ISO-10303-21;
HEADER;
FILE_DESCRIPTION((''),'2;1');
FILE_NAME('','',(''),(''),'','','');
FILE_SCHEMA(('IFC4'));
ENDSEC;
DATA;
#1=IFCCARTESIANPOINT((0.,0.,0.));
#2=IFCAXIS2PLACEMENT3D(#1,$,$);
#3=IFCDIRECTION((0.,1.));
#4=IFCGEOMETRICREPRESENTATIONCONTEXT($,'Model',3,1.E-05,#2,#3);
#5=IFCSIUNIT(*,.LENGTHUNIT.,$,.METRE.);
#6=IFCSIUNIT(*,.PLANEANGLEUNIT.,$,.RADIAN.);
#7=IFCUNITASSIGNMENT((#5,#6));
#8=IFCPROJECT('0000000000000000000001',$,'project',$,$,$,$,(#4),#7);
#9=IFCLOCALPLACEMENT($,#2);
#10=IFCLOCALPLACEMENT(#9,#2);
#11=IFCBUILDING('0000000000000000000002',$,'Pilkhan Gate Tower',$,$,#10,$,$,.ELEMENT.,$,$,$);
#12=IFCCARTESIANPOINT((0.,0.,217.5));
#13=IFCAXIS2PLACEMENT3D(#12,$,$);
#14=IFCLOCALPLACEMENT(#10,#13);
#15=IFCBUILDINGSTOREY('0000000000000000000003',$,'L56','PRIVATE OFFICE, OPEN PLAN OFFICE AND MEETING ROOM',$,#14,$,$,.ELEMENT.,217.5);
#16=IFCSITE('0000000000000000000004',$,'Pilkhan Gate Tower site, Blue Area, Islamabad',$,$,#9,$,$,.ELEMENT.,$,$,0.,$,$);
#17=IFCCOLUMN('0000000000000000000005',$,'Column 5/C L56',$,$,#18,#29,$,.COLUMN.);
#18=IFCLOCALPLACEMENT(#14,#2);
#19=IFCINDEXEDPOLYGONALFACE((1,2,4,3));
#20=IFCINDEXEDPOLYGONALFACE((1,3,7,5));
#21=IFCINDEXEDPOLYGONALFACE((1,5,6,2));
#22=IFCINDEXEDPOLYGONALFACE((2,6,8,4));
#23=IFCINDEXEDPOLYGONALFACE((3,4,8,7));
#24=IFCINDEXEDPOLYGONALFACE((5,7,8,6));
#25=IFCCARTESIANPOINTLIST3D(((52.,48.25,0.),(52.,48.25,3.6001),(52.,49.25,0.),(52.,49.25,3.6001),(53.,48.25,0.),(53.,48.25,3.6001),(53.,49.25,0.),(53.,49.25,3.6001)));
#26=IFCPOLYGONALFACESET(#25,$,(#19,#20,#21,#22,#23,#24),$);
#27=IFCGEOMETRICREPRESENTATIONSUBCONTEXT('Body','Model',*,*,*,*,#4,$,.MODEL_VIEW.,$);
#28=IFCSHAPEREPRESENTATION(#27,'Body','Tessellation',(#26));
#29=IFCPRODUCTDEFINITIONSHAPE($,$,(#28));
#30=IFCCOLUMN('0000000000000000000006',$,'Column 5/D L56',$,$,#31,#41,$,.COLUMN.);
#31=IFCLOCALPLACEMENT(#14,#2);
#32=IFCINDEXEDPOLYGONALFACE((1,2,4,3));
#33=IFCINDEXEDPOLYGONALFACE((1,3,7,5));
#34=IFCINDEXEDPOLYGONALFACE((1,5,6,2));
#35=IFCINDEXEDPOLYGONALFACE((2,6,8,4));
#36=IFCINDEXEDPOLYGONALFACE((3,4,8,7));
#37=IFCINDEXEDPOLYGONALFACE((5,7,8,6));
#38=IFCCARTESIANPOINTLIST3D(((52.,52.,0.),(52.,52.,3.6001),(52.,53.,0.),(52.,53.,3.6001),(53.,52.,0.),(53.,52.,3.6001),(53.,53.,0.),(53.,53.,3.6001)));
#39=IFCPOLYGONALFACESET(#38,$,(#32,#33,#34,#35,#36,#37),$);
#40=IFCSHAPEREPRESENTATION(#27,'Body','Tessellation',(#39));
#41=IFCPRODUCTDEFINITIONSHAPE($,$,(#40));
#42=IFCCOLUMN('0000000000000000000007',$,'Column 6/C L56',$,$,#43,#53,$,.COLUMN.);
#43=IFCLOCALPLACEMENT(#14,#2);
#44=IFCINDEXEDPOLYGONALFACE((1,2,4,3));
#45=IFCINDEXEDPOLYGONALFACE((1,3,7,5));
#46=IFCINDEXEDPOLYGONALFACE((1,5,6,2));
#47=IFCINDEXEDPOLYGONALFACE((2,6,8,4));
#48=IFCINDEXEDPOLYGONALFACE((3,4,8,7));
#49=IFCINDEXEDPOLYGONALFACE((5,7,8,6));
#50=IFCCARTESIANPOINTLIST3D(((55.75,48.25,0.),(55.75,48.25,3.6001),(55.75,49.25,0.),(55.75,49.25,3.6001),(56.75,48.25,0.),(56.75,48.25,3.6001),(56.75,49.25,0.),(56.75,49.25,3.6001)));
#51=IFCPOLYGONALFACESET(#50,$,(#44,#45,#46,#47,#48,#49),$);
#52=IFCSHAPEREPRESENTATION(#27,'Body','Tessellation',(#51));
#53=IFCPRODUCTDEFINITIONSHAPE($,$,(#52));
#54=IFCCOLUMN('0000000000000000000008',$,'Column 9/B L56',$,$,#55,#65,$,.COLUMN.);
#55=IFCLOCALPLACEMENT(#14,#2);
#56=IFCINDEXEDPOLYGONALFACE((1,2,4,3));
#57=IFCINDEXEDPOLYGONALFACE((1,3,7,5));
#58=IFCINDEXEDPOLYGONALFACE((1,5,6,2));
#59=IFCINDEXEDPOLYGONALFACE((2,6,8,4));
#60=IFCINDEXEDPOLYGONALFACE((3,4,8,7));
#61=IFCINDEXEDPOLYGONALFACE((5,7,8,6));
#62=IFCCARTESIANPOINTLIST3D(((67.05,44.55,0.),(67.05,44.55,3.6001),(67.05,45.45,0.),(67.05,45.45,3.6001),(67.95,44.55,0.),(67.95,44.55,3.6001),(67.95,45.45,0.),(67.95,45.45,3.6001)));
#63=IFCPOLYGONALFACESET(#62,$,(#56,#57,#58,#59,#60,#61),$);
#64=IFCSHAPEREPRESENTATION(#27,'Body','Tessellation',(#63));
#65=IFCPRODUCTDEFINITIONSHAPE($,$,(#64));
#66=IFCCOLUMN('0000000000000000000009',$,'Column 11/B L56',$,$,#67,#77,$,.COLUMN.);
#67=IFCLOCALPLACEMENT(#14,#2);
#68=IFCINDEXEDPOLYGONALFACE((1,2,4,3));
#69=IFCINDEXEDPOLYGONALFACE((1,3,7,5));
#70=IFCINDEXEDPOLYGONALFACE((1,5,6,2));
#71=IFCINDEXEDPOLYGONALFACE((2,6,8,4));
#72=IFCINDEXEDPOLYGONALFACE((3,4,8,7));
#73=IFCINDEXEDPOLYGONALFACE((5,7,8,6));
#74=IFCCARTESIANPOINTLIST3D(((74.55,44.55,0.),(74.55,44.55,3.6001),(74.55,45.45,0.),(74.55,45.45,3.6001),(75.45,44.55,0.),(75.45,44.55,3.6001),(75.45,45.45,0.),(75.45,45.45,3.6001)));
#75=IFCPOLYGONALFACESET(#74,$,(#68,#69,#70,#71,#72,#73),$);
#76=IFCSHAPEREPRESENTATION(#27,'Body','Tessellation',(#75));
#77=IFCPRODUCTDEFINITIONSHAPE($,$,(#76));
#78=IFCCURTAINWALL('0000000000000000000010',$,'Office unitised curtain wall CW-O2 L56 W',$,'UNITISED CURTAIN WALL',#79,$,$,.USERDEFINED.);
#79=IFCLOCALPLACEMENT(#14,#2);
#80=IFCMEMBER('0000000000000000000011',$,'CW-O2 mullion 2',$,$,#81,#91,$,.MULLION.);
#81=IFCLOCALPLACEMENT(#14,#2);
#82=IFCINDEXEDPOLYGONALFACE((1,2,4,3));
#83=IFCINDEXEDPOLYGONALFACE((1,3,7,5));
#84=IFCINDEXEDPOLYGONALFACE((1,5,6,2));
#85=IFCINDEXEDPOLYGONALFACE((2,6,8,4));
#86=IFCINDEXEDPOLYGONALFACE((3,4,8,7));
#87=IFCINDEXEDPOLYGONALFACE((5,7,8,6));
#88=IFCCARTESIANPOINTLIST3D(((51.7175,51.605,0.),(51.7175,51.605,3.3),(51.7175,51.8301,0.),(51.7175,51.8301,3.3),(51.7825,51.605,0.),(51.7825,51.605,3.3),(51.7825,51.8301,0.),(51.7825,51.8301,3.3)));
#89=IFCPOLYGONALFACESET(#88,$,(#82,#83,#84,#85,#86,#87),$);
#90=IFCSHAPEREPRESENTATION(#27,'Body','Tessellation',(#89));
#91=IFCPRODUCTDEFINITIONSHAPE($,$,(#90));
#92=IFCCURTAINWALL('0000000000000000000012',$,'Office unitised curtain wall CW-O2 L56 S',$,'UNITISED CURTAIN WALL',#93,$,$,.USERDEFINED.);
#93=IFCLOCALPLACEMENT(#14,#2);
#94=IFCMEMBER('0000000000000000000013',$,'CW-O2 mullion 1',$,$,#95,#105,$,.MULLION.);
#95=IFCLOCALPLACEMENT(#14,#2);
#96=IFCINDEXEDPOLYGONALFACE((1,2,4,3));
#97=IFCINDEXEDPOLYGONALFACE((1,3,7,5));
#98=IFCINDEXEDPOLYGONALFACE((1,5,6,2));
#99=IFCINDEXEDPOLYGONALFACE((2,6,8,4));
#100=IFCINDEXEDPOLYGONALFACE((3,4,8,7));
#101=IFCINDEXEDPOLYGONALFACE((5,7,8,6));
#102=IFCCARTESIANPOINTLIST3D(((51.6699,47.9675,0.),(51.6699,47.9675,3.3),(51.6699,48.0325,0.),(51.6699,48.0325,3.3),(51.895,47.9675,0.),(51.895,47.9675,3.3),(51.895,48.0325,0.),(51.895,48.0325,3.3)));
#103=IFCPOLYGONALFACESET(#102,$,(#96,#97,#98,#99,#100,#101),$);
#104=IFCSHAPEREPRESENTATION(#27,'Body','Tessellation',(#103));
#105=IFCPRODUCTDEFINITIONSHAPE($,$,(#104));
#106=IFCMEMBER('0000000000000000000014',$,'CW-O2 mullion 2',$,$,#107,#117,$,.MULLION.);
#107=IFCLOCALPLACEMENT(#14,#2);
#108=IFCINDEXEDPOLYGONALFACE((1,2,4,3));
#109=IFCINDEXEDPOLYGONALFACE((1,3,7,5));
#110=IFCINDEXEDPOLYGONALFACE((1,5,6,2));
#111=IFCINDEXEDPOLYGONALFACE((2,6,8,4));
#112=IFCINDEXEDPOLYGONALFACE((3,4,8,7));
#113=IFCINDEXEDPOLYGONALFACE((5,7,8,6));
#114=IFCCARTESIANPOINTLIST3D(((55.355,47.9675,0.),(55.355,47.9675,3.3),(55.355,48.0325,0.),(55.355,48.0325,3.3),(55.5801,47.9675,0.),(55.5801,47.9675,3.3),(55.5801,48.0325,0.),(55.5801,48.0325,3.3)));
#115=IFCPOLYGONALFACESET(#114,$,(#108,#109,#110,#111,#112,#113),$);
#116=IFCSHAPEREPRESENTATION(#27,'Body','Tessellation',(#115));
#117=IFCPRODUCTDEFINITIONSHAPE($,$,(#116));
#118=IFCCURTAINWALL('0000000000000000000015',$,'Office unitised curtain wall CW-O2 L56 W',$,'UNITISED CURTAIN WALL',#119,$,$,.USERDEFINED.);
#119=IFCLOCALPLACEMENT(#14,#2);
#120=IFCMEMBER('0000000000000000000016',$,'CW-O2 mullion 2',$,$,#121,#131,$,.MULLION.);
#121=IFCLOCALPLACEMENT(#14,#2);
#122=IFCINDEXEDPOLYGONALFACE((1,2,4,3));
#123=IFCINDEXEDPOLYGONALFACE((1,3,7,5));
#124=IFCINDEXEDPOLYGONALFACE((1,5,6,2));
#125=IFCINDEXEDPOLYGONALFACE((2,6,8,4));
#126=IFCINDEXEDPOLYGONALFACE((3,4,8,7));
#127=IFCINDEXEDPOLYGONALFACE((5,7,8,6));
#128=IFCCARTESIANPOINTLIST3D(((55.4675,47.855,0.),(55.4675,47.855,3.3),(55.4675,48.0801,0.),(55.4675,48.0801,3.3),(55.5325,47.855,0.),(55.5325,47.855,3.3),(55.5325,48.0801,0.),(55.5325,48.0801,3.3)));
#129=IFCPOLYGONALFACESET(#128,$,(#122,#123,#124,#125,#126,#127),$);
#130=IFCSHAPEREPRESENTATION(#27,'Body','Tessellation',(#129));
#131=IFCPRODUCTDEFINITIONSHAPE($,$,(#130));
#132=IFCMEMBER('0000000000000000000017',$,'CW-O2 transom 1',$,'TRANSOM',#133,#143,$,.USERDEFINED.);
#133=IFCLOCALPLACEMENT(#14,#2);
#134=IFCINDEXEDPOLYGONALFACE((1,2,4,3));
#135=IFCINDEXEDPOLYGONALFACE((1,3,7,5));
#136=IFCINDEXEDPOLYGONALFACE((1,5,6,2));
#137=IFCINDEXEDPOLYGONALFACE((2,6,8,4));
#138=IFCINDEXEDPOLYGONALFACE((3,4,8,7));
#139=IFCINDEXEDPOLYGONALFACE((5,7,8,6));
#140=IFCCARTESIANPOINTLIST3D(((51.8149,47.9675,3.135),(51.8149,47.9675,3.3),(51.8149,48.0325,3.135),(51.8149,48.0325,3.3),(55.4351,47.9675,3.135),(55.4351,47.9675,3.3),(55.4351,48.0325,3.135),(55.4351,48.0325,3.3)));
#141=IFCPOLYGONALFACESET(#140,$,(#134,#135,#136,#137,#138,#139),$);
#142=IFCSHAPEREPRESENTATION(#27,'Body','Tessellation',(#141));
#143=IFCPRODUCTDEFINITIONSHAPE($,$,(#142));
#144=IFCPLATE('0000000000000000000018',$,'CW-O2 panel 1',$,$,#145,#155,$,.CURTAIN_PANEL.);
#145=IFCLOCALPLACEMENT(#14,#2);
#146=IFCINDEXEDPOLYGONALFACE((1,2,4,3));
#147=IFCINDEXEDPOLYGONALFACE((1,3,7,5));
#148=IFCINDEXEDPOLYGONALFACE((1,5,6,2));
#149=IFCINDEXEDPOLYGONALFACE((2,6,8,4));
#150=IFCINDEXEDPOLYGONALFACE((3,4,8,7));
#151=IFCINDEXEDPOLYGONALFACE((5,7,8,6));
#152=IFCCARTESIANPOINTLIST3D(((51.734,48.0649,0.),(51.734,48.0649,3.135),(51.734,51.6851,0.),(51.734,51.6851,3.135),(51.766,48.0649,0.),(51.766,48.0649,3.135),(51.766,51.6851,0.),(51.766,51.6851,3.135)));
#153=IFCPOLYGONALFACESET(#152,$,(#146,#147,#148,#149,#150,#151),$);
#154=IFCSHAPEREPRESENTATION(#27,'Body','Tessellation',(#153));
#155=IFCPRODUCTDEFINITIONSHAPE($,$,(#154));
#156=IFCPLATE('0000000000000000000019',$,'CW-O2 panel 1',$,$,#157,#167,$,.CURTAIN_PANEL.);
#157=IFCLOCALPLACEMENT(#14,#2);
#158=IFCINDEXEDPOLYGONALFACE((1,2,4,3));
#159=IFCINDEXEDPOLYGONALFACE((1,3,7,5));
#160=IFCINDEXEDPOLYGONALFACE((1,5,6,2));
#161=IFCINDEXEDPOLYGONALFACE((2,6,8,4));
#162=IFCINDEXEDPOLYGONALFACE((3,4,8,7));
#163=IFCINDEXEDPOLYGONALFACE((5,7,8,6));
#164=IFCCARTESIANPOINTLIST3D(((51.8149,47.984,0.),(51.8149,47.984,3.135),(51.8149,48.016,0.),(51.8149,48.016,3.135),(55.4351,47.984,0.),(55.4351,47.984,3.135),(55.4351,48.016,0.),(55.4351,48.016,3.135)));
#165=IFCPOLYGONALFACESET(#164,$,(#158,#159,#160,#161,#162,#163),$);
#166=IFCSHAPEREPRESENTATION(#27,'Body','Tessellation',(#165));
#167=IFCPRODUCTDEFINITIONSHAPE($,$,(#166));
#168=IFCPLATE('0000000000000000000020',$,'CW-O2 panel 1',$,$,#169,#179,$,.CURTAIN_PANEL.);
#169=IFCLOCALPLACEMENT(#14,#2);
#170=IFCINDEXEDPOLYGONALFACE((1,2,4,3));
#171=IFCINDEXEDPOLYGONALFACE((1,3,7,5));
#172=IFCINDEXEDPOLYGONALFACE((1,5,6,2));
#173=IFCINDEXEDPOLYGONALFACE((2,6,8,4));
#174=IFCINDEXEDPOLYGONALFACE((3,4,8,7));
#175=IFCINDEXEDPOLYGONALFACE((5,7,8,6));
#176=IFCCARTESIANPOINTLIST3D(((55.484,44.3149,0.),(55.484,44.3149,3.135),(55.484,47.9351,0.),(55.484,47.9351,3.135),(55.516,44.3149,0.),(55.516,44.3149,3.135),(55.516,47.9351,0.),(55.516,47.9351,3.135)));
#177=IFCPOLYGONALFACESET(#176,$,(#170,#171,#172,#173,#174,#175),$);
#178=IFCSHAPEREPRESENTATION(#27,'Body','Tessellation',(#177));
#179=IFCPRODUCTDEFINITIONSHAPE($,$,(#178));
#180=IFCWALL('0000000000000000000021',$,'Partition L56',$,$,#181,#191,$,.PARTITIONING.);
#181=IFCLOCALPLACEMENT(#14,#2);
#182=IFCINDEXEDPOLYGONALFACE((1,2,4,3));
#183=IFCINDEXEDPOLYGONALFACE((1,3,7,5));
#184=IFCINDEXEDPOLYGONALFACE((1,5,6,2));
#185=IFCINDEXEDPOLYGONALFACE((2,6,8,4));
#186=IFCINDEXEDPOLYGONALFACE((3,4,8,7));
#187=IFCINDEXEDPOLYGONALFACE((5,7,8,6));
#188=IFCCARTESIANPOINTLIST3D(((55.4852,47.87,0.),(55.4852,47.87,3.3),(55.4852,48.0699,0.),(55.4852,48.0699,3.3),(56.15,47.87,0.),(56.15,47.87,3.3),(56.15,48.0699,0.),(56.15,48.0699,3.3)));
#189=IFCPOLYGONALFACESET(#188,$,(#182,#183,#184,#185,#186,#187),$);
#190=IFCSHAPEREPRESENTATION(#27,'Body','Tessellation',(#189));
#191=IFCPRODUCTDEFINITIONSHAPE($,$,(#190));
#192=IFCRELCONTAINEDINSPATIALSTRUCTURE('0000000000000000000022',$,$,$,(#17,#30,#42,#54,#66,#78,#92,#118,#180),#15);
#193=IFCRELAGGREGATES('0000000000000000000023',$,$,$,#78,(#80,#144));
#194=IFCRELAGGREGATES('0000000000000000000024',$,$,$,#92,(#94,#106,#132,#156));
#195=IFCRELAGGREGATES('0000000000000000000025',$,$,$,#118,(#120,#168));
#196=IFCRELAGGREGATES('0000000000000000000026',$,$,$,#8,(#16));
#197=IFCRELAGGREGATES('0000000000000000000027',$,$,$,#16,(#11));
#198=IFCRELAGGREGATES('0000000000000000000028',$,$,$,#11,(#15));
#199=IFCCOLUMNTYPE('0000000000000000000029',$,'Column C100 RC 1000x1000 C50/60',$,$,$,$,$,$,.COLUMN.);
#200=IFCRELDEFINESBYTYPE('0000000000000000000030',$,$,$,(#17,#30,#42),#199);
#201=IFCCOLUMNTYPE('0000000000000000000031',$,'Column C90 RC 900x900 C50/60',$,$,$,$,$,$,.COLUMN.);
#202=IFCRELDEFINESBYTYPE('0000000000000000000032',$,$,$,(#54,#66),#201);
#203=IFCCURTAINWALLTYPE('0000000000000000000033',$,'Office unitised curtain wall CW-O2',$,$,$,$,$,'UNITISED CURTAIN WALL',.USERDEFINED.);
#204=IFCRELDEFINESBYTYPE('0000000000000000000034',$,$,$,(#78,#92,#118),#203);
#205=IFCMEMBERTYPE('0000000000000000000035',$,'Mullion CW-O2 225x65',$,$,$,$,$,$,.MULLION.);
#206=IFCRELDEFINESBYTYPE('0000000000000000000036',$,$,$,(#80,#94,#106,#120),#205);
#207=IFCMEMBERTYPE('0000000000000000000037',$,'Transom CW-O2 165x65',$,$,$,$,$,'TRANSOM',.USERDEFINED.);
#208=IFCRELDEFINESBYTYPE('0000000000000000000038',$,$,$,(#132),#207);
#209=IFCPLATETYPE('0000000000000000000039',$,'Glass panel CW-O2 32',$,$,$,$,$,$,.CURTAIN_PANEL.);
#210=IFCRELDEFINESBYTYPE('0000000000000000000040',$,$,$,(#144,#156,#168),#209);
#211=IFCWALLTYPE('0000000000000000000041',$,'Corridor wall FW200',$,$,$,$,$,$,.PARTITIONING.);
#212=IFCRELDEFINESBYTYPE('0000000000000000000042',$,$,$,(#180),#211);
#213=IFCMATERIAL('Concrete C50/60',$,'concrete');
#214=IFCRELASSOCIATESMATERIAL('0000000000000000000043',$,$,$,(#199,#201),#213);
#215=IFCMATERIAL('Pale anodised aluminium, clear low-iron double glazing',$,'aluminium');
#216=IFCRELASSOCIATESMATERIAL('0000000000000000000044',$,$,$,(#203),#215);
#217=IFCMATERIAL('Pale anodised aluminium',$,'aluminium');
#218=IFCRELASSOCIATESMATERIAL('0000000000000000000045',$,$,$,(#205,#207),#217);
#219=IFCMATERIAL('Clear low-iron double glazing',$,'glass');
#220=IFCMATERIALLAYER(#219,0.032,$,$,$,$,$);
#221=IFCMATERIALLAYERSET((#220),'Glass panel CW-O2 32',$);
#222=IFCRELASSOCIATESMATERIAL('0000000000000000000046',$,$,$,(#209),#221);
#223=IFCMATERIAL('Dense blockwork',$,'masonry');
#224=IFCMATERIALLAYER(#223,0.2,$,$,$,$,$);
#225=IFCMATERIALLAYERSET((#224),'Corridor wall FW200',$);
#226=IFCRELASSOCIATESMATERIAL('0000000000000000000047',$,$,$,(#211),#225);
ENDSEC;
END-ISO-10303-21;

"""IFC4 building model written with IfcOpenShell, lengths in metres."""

from ifc_helpers import new_model, si_unit, direction, frame, frame_2d, origin, origin_2d, place, context, subcontext, project, spatial, rectangle, extrude, material, layer, layer_set, material_profile, profile_set, type_object, element, aggregate, save


model = new_model("IFC4")

# Units and contexts
model_context = context("Model", 3, precision=1e-05, world=origin(), true_north=direction((0.0, 1.0)))
body_context = subcontext(model_context, "Body", "Model", "MODEL_VIEW")
ifc_project = project(units=[si_unit("LENGTHUNIT", "METRE"), si_unit("PLANEANGLEUNIT", "RADIAN")], contexts=[model_context])

# Site, building, storey
site_placement = place(None, origin())
site = spatial("IfcSite", under=ifc_project, at=site_placement, Name="Pilkhan Gate Tower site, Blue Area, Islamabad", CompositionType="ELEMENT", RefElevation=0.0)
building_placement = place(site_placement, origin())
building = spatial("IfcBuilding", under=site, at=building_placement, Name="Pilkhan Gate Tower", CompositionType="ELEMENT")
storey_placement = place(building_placement, frame((0.0, 0.0, 217.5)))
storey = spatial("IfcBuildingStorey", under=building, at=storey_placement, Name="L56", Description="PRIVATE OFFICE, OPEN PLAN OFFICE AND MEETING ROOM", CompositionType="ELEMENT", Elevation=217.5)

# Columns
ifc_material_1 = material(Name="Concrete C50/60", Category="concrete")
ifc_material_profile_1 = material_profile(ifc_material_1, rectangle(XDim=1.0, YDim=1.0, at=origin_2d()), Name="RC 1000x1000")
ifc_profile_set_1 = profile_set([ifc_material_profile_1], Name="Concrete C50/60")
column_type_1 = type_object("IfcColumnType", Name="Column C100 RC 1000x1000 C50/60", PredefinedType="COLUMN", material=ifc_profile_set_1)
for number, where, z_axis, x_axis, name in (
    (1, (52.5, 48.75, 0.0), (0.0, 0.0, 1.0), (1.0, 0.0, 0.0), "Column 5/C L56"),
    (2, (52.5, 52.5, 0.0), (0.0, 0.0, 1.0), (1.0, 0.0, 0.0), "Column 5/D L56"),
    (3, (56.25, 48.75, 0.0), (0.0, 0.0, 1.0), (1.0, 0.0, 0.0), "Column 6/C L56"),
):
    element("IfcColumn", number, at=place(storey_placement, frame(where, z_axis=z_axis, x_axis=x_axis)), inside=storey, type_object=column_type_1, Name=name, PredefinedType="COLUMN", context=body_context, shape_type="SweptSolid", body=[
        extrude(rectangle(XDim=1.0, YDim=1.0, at=origin_2d()), origin(), (0.0, 0.0, 1.0), 3.6001),
    ])
ifc_material_profile_2 = material_profile(ifc_material_1, rectangle(XDim=0.8999, YDim=0.8999, at=origin_2d()), Name="RC 900x900")
ifc_profile_set_2 = profile_set([ifc_material_profile_2], Name="Concrete C50/60")
column_type_2 = type_object("IfcColumnType", Name="Column C90 RC 900x900 C50/60", PredefinedType="COLUMN", material=ifc_profile_set_2)
for number, where, z_axis, x_axis, name in (
    (4, (67.5, 45.0, 0.0), (0.0, 0.0, 1.0), (1.0, 0.0, 0.0), "Column 9/B L56"),
    (5, (75.0, 45.0, 0.0), (0.0, 0.0, 1.0), (1.0, 0.0, 0.0), "Column 11/B L56"),
):
    element("IfcColumn", number, at=place(storey_placement, frame(where, z_axis=z_axis, x_axis=x_axis)), inside=storey, type_object=column_type_2, Name=name, PredefinedType="COLUMN", context=body_context, shape_type="SweptSolid", body=[
        extrude(rectangle(XDim=0.8999, YDim=0.8999, at=origin_2d()), origin(), (0.0, 0.0, 1.0), 3.6001),
    ])

# Curtain wall, member
ifc_material_2 = material(Name="Pale anodised aluminium, clear low-iron double glazing", Category="aluminium")
curtain_wall_type = type_object("IfcCurtainWallType", Name="Office unitised curtain wall CW-O2", ElementType="UNITISED CURTAIN WALL", PredefinedType="USERDEFINED", material=ifc_material_2)
curtain_wall_1_placement = place(storey_placement, origin())
curtain_wall_1 = element("IfcCurtainWall", 6, at=curtain_wall_1_placement, inside=storey, type_object=curtain_wall_type, Name="Office unitised curtain wall CW-O2 L56 W", ObjectType="UNITISED CURTAIN WALL", PredefinedType="USERDEFINED")
ifc_material_3 = material(Name="Pale anodised aluminium", Category="aluminium")
ifc_material_profile_3 = material_profile(ifc_material_3, rectangle(XDim=0.0649, YDim=0.2251, at=origin_2d()), Name="Mullion 225x65")
ifc_profile_set_3 = profile_set([ifc_material_profile_3], Name="Pale anodised aluminium")
member_type_1 = type_object("IfcMemberType", Name="Mullion CW-O2 225x65", PredefinedType="MULLION", material=ifc_profile_set_3)
member_1_placement = place(storey_placement, frame((51.75, 51.7175, 0.0), z_axis=(0.0, 0.0, 1.0), x_axis=(-1.0, 0.0, 0.0)))
member_1 = element("IfcMember", 7, at=member_1_placement, type_object=member_type_1, Name="CW-O2 mullion 2", PredefinedType="MULLION", context=body_context, shape_type="SweptSolid", body=[
    extrude(rectangle(XDim=0.0649, YDim=0.2251, at=origin_2d()), origin(), (0.0, 0.0, 1.0), 3.3),
])

# Curtain wall, members
curtain_wall_2_placement = place(storey_placement, origin())
curtain_wall_2 = element("IfcCurtainWall", 8, at=curtain_wall_2_placement, inside=storey, type_object=curtain_wall_type, Name="Office unitised curtain wall CW-O2 L56 S", ObjectType="UNITISED CURTAIN WALL", PredefinedType="USERDEFINED")
member_2_placement = place(storey_placement, frame((51.7825, 48.0, 0.0), z_axis=(0.0, 0.0, 1.0), x_axis=(0.0, 1.0, 0.0)))
member_2 = element("IfcMember", 9, at=member_2_placement, type_object=member_type_1, Name="CW-O2 mullion 1", PredefinedType="MULLION", context=body_context, shape_type="SweptSolid", body=[
    extrude(rectangle(XDim=0.0649, YDim=0.2251, at=origin_2d()), origin(), (0.0, 0.0, 1.0), 3.3),
])
member_3_placement = place(storey_placement, frame((55.4675, 48.0, 0.0), z_axis=(0.0, 0.0, 1.0), x_axis=(0.0, 1.0, 0.0)))
member_3 = element("IfcMember", 10, at=member_3_placement, type_object=member_type_1, Name="CW-O2 mullion 2", PredefinedType="MULLION", context=body_context, shape_type="SweptSolid", body=[
    extrude(rectangle(XDim=0.0649, YDim=0.2251, at=origin_2d()), origin(), (0.0, 0.0, 1.0), 3.3),
])

# Curtain wall, member
curtain_wall_3_placement = place(storey_placement, origin())
curtain_wall_3 = element("IfcCurtainWall", 11, at=curtain_wall_3_placement, inside=storey, type_object=curtain_wall_type, Name="Office unitised curtain wall CW-O2 L56 W", ObjectType="UNITISED CURTAIN WALL", PredefinedType="USERDEFINED")
member_4_placement = place(storey_placement, frame((55.5, 47.9675, 0.0), z_axis=(0.0, 0.0, 1.0), x_axis=(-1.0, 0.0, 0.0)))
member_4 = element("IfcMember", 12, at=member_4_placement, type_object=member_type_1, Name="CW-O2 mullion 2", PredefinedType="MULLION", context=body_context, shape_type="SweptSolid", body=[
    extrude(rectangle(XDim=0.0649, YDim=0.2251, at=origin_2d()), origin(), (0.0, 0.0, 1.0), 3.3),
])

# Member
ifc_material_profile_4 = material_profile(ifc_material_3, rectangle(XDim=0.0649, YDim=0.165, at=origin_2d()), Name="Transom 165x65")
ifc_profile_set_4 = profile_set([ifc_material_profile_4], Name="Pale anodised aluminium")
member_type_2 = type_object("IfcMemberType", Name="Transom CW-O2 165x65", ElementType="TRANSOM", PredefinedType="USERDEFINED", material=ifc_profile_set_4)
member_5_placement = place(storey_placement, frame((51.8149, 48.0, 3.2175), z_axis=(1.0, 0.0, 0.0), x_axis=(0.0, 1.0, 0.0)))
member_5 = element("IfcMember", 13, at=member_5_placement, type_object=member_type_2, Name="CW-O2 transom 1", ObjectType="TRANSOM", PredefinedType="USERDEFINED", context=body_context, shape_type="SweptSolid", body=[
    extrude(rectangle(XDim=0.0649, YDim=0.165, at=origin_2d()), origin(), (0.0, 0.0, 1.0), 3.6201),
])

# Plates
ifc_material_4 = material(Name="Clear low-iron double glazing", Category="glass")
ifc_layer_1 = layer(ifc_material_4, 0.032)
ifc_layer_set_1 = layer_set([ifc_layer_1], Name="Glass panel CW-O2 32")
plate_type = type_object("IfcPlateType", Name="Glass panel CW-O2 32", PredefinedType="CURTAIN_PANEL", material=ifc_layer_set_1)
plate_1_placement = place(storey_placement, frame((51.75, 49.875, 0.0), z_axis=(0.0, 0.0, 1.0), x_axis=(0.0, 1.0, 0.0)))
plate_1 = element("IfcPlate", 14, at=plate_1_placement, type_object=plate_type, Name="CW-O2 panel 1", PredefinedType="CURTAIN_PANEL", context=body_context, shape_type="SweptSolid", body=[
    extrude(rectangle(XDim=3.6201, YDim=0.032, at=origin_2d()), origin(), (0.0, 0.0, 1.0), 3.135),
])
aggregate(curtain_wall_1, [member_1, plate_1])
plate_2_placement = place(storey_placement, frame((53.625, 48.0, 0.0), z_axis=(0.0, 0.0, 1.0), x_axis=(1.0, 0.0, 0.0)))
plate_2 = element("IfcPlate", 15, at=plate_2_placement, type_object=plate_type, Name="CW-O2 panel 1", PredefinedType="CURTAIN_PANEL", context=body_context, shape_type="SweptSolid", body=[
    extrude(rectangle(XDim=3.6201, YDim=0.032, at=origin_2d()), origin(), (0.0, 0.0, 1.0), 3.135),
])
aggregate(curtain_wall_2, [member_2, member_3, member_5, plate_2])
plate_3_placement = place(storey_placement, frame((55.5, 46.125, 0.0), z_axis=(0.0, 0.0, 1.0), x_axis=(0.0, 1.0, 0.0)))
plate_3 = element("IfcPlate", 16, at=plate_3_placement, type_object=plate_type, Name="CW-O2 panel 1", PredefinedType="CURTAIN_PANEL", context=body_context, shape_type="SweptSolid", body=[
    extrude(rectangle(XDim=3.6201, YDim=0.032, at=origin_2d()), origin(), (0.0, 0.0, 1.0), 3.135),
])
aggregate(curtain_wall_3, [member_4, plate_3])

# Wall
ifc_material_5 = material(Name="Dense blockwork", Category="masonry")
ifc_layer_2 = layer(ifc_material_5, 0.2)
ifc_layer_set_2 = layer_set([ifc_layer_2], Name="Corridor wall FW200")
wall_type = type_object("IfcWallType", Name="Corridor wall FW200", PredefinedType="PARTITIONING", material=ifc_layer_set_2)
wall_1_placement = place(storey_placement, frame((55.4851, 47.97, 0.0), z_axis=(0.0, 0.0, 1.0), x_axis=(1.0, 0.0, 0.0)))
element("IfcWall", 17, at=wall_1_placement, inside=storey, type_object=wall_type, Name="Partition L56", PredefinedType="PARTITIONING", context=body_context, shape_type="SweptSolid", body=[
    extrude(rectangle(XDim=0.6648, YDim=0.2, at=frame_2d((0.3325, 0.0))), origin(), (0.0, 0.0, 1.0), 3.3),
])

save(model, "model.ifc")
